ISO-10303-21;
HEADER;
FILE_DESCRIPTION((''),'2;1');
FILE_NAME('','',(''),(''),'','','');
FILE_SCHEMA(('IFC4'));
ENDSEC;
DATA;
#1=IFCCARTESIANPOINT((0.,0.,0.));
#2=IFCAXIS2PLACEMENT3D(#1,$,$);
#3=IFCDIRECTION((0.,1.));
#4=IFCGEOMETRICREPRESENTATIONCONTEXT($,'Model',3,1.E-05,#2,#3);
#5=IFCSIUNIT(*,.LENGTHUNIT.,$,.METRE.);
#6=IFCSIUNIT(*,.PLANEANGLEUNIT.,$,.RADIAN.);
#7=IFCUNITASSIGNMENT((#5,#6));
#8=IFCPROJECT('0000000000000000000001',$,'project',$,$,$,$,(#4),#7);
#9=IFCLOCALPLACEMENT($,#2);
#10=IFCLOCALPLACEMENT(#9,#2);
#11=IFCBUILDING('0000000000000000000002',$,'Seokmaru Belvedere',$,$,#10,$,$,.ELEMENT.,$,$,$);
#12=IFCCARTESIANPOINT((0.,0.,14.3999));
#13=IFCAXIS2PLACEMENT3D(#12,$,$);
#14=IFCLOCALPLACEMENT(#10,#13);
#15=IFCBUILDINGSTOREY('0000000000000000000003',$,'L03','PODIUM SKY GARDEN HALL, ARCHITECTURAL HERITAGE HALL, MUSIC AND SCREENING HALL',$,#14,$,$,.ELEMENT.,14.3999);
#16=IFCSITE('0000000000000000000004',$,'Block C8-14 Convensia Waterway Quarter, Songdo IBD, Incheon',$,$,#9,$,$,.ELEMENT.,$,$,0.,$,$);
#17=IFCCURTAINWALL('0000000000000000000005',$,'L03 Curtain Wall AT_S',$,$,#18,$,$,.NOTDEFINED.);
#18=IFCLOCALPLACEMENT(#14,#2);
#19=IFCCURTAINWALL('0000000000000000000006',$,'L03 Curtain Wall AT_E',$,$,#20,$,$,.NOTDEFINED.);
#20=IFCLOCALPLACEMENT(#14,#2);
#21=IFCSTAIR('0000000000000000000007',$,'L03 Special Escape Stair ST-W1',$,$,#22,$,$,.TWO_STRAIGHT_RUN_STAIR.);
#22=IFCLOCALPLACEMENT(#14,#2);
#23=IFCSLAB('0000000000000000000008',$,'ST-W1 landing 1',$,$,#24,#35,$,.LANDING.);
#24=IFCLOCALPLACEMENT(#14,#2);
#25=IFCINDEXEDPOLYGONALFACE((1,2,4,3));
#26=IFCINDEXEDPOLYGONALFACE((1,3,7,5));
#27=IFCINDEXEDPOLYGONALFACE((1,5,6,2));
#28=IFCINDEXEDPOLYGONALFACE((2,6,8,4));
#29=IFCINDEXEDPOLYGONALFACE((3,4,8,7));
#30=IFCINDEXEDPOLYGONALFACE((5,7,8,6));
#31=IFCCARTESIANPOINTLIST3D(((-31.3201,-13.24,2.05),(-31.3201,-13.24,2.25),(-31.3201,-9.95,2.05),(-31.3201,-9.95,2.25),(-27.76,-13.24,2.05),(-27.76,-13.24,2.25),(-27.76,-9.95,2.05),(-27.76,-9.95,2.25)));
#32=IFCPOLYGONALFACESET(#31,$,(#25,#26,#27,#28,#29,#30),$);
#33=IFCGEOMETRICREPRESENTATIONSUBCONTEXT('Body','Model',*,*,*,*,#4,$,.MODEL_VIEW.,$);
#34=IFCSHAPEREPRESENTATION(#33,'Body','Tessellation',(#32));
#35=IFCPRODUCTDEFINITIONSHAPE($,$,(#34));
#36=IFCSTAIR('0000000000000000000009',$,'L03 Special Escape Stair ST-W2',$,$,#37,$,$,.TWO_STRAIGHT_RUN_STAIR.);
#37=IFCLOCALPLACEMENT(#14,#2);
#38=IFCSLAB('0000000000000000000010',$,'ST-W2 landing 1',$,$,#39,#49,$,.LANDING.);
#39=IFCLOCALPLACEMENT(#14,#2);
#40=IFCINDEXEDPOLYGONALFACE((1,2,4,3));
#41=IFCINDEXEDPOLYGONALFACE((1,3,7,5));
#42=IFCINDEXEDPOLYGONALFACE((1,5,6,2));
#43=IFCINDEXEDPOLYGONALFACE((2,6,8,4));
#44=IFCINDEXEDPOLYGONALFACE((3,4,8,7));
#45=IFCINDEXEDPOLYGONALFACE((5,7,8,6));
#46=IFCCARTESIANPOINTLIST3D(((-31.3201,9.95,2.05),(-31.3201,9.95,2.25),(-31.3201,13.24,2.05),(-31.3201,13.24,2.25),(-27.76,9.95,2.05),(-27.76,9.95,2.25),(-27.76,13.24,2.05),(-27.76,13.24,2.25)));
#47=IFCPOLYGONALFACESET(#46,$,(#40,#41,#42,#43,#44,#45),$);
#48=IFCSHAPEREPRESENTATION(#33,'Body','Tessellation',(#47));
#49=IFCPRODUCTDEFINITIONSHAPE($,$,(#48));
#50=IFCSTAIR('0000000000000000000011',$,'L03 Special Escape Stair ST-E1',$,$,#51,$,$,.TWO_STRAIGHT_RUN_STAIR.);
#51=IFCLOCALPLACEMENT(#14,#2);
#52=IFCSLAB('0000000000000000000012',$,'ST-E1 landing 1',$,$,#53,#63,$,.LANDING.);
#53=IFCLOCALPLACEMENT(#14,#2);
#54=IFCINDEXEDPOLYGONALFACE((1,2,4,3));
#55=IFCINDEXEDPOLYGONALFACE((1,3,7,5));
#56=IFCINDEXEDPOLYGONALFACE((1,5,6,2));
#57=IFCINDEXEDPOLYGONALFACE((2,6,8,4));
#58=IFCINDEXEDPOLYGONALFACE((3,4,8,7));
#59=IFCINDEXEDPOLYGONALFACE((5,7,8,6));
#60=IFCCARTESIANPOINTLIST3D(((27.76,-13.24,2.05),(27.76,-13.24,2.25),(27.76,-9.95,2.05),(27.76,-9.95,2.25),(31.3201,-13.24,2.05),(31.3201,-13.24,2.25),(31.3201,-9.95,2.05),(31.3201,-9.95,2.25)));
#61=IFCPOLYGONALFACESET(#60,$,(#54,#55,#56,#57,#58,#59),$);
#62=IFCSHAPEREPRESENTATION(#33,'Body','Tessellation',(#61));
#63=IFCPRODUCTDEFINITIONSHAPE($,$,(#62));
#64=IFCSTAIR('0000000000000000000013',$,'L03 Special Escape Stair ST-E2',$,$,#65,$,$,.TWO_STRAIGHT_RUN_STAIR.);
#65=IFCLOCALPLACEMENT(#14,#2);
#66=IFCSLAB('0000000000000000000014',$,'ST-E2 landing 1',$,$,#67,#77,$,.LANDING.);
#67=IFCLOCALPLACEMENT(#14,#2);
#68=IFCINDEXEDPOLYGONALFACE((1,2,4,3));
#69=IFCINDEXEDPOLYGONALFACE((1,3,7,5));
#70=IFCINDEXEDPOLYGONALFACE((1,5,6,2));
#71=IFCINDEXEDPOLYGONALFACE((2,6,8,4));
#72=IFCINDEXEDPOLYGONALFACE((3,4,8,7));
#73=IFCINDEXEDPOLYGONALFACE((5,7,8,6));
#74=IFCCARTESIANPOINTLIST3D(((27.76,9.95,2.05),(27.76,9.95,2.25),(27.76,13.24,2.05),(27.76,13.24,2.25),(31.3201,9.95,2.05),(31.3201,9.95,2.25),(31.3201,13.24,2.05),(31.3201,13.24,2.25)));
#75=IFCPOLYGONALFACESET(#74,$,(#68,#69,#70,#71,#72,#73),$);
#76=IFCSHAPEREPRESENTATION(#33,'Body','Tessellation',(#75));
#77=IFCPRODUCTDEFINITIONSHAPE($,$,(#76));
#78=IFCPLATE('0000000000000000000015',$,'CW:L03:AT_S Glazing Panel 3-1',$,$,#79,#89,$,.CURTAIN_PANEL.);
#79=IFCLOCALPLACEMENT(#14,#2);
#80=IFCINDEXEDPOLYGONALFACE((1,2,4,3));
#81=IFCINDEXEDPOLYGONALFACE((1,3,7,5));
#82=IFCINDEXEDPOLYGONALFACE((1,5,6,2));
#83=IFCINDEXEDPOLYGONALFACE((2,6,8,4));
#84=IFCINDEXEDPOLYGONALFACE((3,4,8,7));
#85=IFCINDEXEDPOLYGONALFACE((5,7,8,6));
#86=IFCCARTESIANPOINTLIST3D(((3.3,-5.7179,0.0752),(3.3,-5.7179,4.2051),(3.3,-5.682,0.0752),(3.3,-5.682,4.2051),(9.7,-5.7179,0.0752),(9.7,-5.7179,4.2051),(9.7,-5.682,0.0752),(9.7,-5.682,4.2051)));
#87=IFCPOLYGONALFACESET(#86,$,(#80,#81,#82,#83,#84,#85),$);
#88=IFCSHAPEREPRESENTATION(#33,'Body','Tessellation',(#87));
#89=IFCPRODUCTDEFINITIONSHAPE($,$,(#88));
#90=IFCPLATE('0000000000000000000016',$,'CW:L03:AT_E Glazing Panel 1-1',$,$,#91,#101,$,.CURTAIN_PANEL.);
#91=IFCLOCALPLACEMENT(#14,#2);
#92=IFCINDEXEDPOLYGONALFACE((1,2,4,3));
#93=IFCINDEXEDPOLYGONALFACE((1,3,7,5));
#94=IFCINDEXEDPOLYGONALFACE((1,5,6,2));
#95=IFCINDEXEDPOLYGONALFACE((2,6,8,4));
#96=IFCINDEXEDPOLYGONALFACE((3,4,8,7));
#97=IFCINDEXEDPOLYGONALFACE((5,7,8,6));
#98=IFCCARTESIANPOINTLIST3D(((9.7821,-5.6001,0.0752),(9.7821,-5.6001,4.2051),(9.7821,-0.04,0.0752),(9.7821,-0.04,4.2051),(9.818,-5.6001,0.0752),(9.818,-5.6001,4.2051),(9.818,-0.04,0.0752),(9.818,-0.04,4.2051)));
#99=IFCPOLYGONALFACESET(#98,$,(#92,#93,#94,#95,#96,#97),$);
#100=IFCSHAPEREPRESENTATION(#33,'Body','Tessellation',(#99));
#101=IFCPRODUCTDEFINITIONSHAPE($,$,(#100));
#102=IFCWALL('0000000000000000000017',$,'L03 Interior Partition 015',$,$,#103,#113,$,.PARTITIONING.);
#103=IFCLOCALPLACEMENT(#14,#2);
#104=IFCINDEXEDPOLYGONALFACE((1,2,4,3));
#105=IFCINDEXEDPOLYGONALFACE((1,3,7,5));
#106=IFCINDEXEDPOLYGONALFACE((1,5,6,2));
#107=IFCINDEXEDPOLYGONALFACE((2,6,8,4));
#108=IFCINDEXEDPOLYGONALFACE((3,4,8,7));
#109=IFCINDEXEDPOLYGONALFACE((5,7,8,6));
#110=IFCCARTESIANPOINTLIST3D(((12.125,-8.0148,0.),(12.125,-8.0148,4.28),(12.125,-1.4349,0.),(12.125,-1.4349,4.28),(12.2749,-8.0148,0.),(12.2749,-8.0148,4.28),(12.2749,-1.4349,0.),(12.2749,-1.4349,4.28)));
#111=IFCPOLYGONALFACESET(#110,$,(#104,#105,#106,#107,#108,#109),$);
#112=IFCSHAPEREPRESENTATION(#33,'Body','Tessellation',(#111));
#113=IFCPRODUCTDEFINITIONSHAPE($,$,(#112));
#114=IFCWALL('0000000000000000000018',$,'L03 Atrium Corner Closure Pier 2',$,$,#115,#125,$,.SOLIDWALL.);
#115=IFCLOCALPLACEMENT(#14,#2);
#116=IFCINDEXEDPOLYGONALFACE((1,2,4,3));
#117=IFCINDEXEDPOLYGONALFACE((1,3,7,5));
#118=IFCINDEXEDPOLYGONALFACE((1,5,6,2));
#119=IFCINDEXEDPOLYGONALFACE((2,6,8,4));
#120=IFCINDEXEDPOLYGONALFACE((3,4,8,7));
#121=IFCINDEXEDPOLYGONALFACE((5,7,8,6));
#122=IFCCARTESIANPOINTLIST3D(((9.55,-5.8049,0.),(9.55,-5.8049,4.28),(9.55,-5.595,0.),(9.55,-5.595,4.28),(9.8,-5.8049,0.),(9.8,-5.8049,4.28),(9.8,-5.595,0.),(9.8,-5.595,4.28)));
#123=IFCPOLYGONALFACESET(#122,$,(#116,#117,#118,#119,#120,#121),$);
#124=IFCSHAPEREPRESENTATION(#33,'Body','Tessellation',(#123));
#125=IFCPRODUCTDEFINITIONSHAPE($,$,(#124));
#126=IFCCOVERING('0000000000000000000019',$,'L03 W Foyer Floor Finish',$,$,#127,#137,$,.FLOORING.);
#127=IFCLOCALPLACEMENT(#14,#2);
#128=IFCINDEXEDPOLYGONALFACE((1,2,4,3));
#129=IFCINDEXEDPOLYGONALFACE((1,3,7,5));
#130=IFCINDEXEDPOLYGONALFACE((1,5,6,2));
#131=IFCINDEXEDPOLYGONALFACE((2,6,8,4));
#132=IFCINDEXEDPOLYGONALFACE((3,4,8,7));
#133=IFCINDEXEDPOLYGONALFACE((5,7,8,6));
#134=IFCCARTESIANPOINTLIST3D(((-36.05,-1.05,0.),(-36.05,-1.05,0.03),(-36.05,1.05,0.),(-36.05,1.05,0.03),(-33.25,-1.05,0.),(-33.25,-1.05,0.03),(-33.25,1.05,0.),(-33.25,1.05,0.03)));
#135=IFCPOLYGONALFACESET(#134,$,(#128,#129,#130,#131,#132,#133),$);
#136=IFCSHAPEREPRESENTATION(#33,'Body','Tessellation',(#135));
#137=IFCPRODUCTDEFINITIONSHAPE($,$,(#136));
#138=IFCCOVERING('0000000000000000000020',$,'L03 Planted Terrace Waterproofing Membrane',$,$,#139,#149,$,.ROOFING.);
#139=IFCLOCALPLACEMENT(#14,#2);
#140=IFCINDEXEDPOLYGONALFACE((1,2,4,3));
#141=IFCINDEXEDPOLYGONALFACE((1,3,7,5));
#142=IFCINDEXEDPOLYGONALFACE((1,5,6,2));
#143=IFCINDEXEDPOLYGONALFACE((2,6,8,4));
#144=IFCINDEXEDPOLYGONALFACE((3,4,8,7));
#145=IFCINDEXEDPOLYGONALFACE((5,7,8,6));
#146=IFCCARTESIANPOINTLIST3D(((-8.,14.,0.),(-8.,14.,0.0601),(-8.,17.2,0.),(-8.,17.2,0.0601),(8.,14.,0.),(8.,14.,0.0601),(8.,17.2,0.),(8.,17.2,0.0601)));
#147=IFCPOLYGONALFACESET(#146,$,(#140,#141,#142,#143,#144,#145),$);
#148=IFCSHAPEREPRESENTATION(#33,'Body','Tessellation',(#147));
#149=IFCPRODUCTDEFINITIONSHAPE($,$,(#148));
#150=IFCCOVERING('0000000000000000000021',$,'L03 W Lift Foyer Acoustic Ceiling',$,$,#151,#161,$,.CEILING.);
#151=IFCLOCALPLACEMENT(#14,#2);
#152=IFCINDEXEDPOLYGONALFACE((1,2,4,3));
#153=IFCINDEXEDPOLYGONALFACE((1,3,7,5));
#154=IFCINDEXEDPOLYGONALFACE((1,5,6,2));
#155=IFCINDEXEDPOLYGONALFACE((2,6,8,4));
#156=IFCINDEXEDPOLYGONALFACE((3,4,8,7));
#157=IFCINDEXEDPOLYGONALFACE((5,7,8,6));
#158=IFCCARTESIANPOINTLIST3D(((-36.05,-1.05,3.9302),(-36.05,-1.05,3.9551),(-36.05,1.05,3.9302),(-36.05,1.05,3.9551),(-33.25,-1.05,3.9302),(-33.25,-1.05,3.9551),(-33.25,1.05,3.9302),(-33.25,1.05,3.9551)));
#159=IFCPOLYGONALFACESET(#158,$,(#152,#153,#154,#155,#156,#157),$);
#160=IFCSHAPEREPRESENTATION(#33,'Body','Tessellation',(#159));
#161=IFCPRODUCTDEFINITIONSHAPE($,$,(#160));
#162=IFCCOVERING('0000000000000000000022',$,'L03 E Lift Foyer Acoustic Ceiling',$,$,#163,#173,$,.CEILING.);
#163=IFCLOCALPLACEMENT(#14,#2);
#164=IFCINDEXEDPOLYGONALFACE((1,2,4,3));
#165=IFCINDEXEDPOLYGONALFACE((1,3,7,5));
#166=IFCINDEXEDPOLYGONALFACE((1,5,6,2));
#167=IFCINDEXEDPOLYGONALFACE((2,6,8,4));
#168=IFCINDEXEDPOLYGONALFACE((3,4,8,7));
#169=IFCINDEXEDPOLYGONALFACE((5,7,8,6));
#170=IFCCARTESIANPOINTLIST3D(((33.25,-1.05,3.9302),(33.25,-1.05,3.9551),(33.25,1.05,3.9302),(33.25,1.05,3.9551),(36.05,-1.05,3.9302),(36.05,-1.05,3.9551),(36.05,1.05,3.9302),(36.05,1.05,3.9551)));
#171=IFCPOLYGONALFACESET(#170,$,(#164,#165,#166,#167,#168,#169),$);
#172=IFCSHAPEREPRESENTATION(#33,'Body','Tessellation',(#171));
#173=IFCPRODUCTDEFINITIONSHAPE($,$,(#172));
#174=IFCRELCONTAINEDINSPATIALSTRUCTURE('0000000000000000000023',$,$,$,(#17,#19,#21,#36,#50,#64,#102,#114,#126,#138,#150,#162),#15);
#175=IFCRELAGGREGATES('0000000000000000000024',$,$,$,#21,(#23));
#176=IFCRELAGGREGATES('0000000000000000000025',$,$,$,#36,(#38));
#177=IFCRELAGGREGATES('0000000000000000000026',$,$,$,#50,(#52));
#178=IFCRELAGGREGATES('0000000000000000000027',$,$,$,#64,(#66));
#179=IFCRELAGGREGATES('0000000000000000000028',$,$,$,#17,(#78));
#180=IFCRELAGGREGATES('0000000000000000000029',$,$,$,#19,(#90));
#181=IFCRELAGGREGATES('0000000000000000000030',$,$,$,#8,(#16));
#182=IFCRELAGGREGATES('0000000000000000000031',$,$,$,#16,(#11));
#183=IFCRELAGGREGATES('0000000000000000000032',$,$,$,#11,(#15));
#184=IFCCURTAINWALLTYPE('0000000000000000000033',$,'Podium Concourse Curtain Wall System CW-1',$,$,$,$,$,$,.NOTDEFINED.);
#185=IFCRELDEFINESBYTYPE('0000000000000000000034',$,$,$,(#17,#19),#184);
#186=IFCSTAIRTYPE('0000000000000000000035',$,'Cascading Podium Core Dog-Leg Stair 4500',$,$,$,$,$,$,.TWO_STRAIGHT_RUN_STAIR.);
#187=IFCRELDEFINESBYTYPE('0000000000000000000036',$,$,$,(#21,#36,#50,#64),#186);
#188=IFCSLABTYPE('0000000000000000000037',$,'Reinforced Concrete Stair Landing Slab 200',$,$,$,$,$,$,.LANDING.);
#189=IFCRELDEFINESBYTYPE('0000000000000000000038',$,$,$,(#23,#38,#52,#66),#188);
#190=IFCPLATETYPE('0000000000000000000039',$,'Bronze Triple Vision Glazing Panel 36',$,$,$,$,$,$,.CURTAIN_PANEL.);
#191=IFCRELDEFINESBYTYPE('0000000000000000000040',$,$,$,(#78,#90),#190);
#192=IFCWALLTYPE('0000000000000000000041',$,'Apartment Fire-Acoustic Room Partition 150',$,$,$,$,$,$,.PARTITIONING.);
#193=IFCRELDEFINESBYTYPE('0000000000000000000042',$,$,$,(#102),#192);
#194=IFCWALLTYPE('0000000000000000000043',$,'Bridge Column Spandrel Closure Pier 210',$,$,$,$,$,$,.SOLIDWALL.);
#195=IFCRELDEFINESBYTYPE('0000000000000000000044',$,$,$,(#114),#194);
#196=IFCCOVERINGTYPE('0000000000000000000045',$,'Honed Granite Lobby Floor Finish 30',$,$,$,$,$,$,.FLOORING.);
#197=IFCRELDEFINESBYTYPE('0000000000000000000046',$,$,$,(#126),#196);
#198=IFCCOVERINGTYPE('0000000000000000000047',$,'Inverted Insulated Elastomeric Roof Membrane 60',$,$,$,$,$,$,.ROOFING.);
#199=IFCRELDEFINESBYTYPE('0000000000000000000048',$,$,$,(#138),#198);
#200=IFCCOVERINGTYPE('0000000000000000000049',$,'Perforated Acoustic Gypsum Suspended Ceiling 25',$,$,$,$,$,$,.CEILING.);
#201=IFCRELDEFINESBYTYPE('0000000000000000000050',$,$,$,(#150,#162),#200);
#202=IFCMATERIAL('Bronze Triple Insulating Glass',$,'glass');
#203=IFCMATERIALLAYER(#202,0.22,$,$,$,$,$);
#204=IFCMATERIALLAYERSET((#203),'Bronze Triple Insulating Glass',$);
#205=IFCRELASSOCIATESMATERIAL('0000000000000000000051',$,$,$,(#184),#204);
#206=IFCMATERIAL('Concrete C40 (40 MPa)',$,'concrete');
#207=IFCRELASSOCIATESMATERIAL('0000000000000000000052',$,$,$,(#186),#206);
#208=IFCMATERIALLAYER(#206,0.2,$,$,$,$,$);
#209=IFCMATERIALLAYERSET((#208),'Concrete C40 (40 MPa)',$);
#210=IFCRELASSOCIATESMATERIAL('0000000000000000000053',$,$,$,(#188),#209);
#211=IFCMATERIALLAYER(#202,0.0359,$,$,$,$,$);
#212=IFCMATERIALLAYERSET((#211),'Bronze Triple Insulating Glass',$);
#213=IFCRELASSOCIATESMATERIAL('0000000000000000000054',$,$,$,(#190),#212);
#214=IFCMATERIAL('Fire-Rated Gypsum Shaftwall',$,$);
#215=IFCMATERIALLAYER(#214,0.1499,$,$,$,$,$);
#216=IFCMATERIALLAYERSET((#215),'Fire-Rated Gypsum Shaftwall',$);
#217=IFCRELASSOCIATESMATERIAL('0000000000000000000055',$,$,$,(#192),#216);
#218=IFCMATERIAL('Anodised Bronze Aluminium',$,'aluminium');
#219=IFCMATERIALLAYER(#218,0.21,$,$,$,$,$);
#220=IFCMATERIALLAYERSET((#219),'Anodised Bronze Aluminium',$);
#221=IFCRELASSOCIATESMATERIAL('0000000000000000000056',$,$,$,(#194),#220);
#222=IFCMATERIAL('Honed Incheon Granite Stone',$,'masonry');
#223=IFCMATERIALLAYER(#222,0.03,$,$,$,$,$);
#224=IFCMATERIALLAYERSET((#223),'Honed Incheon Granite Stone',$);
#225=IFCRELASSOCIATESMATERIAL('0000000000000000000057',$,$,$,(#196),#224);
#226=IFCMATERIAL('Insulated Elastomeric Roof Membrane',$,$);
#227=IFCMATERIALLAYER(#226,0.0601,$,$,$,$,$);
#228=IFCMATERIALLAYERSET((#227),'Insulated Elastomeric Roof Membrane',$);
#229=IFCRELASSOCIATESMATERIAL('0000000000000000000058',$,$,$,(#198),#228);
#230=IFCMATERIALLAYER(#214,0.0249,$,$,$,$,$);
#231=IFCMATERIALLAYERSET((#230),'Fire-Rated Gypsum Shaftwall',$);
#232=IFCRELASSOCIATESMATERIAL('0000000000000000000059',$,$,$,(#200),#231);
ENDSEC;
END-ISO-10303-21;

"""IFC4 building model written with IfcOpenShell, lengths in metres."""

from ifc_helpers import new_model, si_unit, direction, frame, frame_2d, origin, origin_2d, place, context, subcontext, project, spatial, polyline, rectangle, outline, extrude, source, transform, mapped, material, layer, layer_set, type_object, type_shapes, element, aggregate, save


model = new_model("IFC4")

# Units and contexts
model_context = context("Model", 3, precision=1e-05, world=origin(), true_north=direction((0.0, 1.0)))
body_context = subcontext(model_context, "Body", "Model", "MODEL_VIEW")
ifc_project = project(units=[si_unit("LENGTHUNIT", "METRE"), si_unit("PLANEANGLEUNIT", "RADIAN")], contexts=[model_context])

# Site, building, storey
site_placement = place(None, origin())
site = spatial("IfcSite", under=ifc_project, at=site_placement, Name="Block C8-14 Convensia Waterway Quarter, Songdo IBD, Incheon", CompositionType="ELEMENT", RefElevation=0.0)
building_placement = place(site_placement, origin())
building = spatial("IfcBuilding", under=site, at=building_placement, Name="Seokmaru Belvedere", CompositionType="ELEMENT")
storey_placement = place(building_placement, frame((0.0, 0.0, 14.3999)))
storey = spatial("IfcBuildingStorey", under=building, at=storey_placement, Name="L03", Description="PODIUM SKY GARDEN HALL, ARCHITECTURAL HERITAGE HALL, MUSIC AND SCREENING HALL", CompositionType="ELEMENT", Elevation=14.3999)

# Curtain walls
ifc_material_1 = material(Name="Bronze Triple Insulating Glass", Category="glass")
ifc_layer_1 = layer(ifc_material_1, 0.22)
ifc_layer_set_1 = layer_set([ifc_layer_1], Name="Bronze Triple Insulating Glass")
curtain_wall_type = type_object("IfcCurtainWallType", Name="Podium Concourse Curtain Wall System CW-1", PredefinedType="NOTDEFINED", material=ifc_layer_set_1)
curtain_wall_1_placement = place(storey_placement, origin())
curtain_wall_1 = element("IfcCurtainWall", 1, at=curtain_wall_1_placement, inside=storey, type_object=curtain_wall_type, Name="L03 Curtain Wall AT_S", PredefinedType="NOTDEFINED")
ifc_material_2 = material(Name="Anodised Bronze Aluminium", Category="aluminium")
curtain_wall_2_placement = place(storey_placement, origin())
curtain_wall_2 = element("IfcCurtainWall", 2, at=curtain_wall_2_placement, inside=storey, type_object=curtain_wall_type, Name="L03 Curtain Wall AT_E", PredefinedType="NOTDEFINED")

# Stairs, slabs
ifc_material_3 = material(Name="Concrete C40 (40 MPa)", Category="concrete")
stair_type = type_object("IfcStairType", Name="Cascading Podium Core Dog-Leg Stair 4500", PredefinedType="TWO_STRAIGHT_RUN_STAIR", material=ifc_material_3)
stair_1_placement = place(storey_placement, origin())
stair_1 = element("IfcStair", 3, at=stair_1_placement, inside=storey, type_object=stair_type, Name="L03 Special Escape Stair ST-W1", PredefinedType="TWO_STRAIGHT_RUN_STAIR")
ifc_layer_2 = layer(ifc_material_3, 0.2)
ifc_layer_set_2 = layer_set([ifc_layer_2], Name="Concrete C40 (40 MPa)")
slab_type = type_object("IfcSlabType", Name="Reinforced Concrete Stair Landing Slab 200", PredefinedType="LANDING", material=ifc_layer_set_2)
slab_1_placement = place(storey_placement, frame((0.0, 0.0, 2.05)))
slab_1 = element("IfcSlab", 4, at=slab_1_placement, type_object=slab_type, Name="ST-W1 landing 1", PredefinedType="LANDING", context=body_context, shape_type="SweptSolid", body=[
    extrude(outline(polyline([(-31.3201, -13.24), (-27.76, -13.24), (-27.76, -9.95), (-31.3201, -9.95), (-31.3201, -13.24)])), origin(), (0.0, 0.0, 1.0), 0.2),
])
aggregate(stair_1, [slab_1])
stair_2_placement = place(storey_placement, origin())
stair_2 = element("IfcStair", 5, at=stair_2_placement, inside=storey, type_object=stair_type, Name="L03 Special Escape Stair ST-W2", PredefinedType="TWO_STRAIGHT_RUN_STAIR")
slab_2_placement = place(storey_placement, frame((0.0, 0.0, 2.05)))
slab_2 = element("IfcSlab", 6, at=slab_2_placement, type_object=slab_type, Name="ST-W2 landing 1", PredefinedType="LANDING", context=body_context, shape_type="SweptSolid", body=[
    extrude(outline(polyline([(-31.3201, 9.95), (-27.76, 9.95), (-27.76, 13.24), (-31.3201, 13.24), (-31.3201, 9.95)])), origin(), (0.0, 0.0, 1.0), 0.2),
])
aggregate(stair_2, [slab_2])
stair_3_placement = place(storey_placement, origin())
stair_3 = element("IfcStair", 7, at=stair_3_placement, inside=storey, type_object=stair_type, Name="L03 Special Escape Stair ST-E1", PredefinedType="TWO_STRAIGHT_RUN_STAIR")
slab_3_placement = place(storey_placement, frame((0.0, 0.0, 2.05)))
slab_3 = element("IfcSlab", 8, at=slab_3_placement, type_object=slab_type, Name="ST-E1 landing 1", PredefinedType="LANDING", context=body_context, shape_type="SweptSolid", body=[
    extrude(outline(polyline([(27.76, -13.24), (31.3201, -13.24), (31.3201, -9.95), (27.76, -9.95), (27.76, -13.24)])), origin(), (0.0, 0.0, 1.0), 0.2),
])
aggregate(stair_3, [slab_3])
stair_4_placement = place(storey_placement, origin())
stair_4 = element("IfcStair", 9, at=stair_4_placement, inside=storey, type_object=stair_type, Name="L03 Special Escape Stair ST-E2", PredefinedType="TWO_STRAIGHT_RUN_STAIR")
slab_4_placement = place(storey_placement, frame((0.0, 0.0, 2.05)))
slab_4 = element("IfcSlab", 10, at=slab_4_placement, type_object=slab_type, Name="ST-E2 landing 1", PredefinedType="LANDING", context=body_context, shape_type="SweptSolid", body=[
    extrude(outline(polyline([(27.76, 9.95), (31.3201, 9.95), (31.3201, 13.24), (27.76, 13.24), (27.76, 9.95)])), origin(), (0.0, 0.0, 1.0), 0.2),
])
aggregate(stair_4, [slab_4])

# Plates
ifc_layer_3 = layer(ifc_material_1, 0.0359)
ifc_layer_set_3 = layer_set([ifc_layer_3], Name="Bronze Triple Insulating Glass")
plate_type = type_object("IfcPlateType", Name="Bronze Triple Vision Glazing Panel 36", PredefinedType="CURTAIN_PANEL", material=ifc_layer_set_3)
shared_shape_1 = source(origin(), body_context, "Body", "SweptSolid", [
    extrude(rectangle(XDim=6.3999, YDim=0.0359, at=origin_2d()), origin(), (0.0, 0.0, 1.0), 4.1299),
])
plate_1_placement = place(storey_placement, frame((6.5, -5.7, 0.0752), z_axis=(0.0, 0.0, 1.0), x_axis=(1.0, 0.0, 0.0)))
plate_1 = element("IfcPlate", 11, at=plate_1_placement, type_object=plate_type, Name="CW:L03:AT_S Glazing Panel 3-1", PredefinedType="CURTAIN_PANEL", context=body_context, shape_type="MappedRepresentation", body=[
    mapped(shared_shape_1, transform((0.0, 0.0, 0.0), scale=1.0)),
])
aggregate(curtain_wall_1, [plate_1])
shared_shape_2 = source(origin(), body_context, "Body", "SweptSolid", [
    extrude(rectangle(XDim=5.5601, YDim=0.0359, at=origin_2d()), origin(), (0.0, 0.0, 1.0), 4.1299),
])
type_shapes(plate_type, [shared_shape_1, shared_shape_2])
plate_2_placement = place(storey_placement, frame((9.8, -2.8201, 0.0752), z_axis=(0.0, 0.0, 1.0), x_axis=(0.0, 1.0, 0.0)))
plate_2 = element("IfcPlate", 12, at=plate_2_placement, type_object=plate_type, Name="CW:L03:AT_E Glazing Panel 1-1", PredefinedType="CURTAIN_PANEL", context=body_context, shape_type="MappedRepresentation", body=[
    mapped(shared_shape_2, transform((0.0, 0.0, 0.0), scale=1.0)),
])
aggregate(curtain_wall_2, [plate_2])

# Walls
ifc_material_4 = material(Name="Fire-Rated Gypsum Shaftwall")
ifc_layer_4 = layer(ifc_material_4, 0.1499)
ifc_layer_set_4 = layer_set([ifc_layer_4], Name="Fire-Rated Gypsum Shaftwall")
wall_type_1 = type_object("IfcWallType", Name="Apartment Fire-Acoustic Room Partition 150", PredefinedType="PARTITIONING", material=ifc_layer_set_4)
wall_1_placement = place(storey_placement, frame((12.2, -8.0149, 0.0), z_axis=(0.0, 0.0, 1.0), x_axis=(0.0, 1.0, 0.0)))
element("IfcWall", 13, at=wall_1_placement, inside=storey, type_object=wall_type_1, Name="L03 Interior Partition 015", PredefinedType="PARTITIONING", context=body_context, shape_type="SweptSolid", body=[
    extrude(rectangle(XDim=6.5798, YDim=0.1499, at=frame_2d((3.29, 0.0))), origin(), (0.0, 0.0, 1.0), 4.28),
])
ifc_layer_5 = layer(ifc_material_2, 0.21)
ifc_layer_set_5 = layer_set([ifc_layer_5], Name="Anodised Bronze Aluminium")
wall_type_2 = type_object("IfcWallType", Name="Bridge Column Spandrel Closure Pier 210", PredefinedType="SOLIDWALL", material=ifc_layer_set_5)
wall_2_placement = place(storey_placement, frame((9.8, -5.7, 0.0), z_axis=(0.0, 0.0, 1.0), x_axis=(-1.0, 0.0, 0.0)))
element("IfcWall", 14, at=wall_2_placement, inside=storey, type_object=wall_type_2, Name="L03 Atrium Corner Closure Pier 2", PredefinedType="SOLIDWALL", context=body_context, shape_type="SweptSolid", body=[
    extrude(rectangle(XDim=0.25, YDim=0.21, at=frame_2d((0.125, 0.0))), origin(), (0.0, 0.0, 1.0), 4.28),
])

# Coverings
ifc_material_5 = material(Name="Honed Incheon Granite Stone", Category="masonry")
ifc_layer_6 = layer(ifc_material_5, 0.03)
ifc_layer_set_6 = layer_set([ifc_layer_6], Name="Honed Incheon Granite Stone")
covering_type_1 = type_object("IfcCoveringType", Name="Honed Granite Lobby Floor Finish 30", PredefinedType="FLOORING", material=ifc_layer_set_6)
covering_1_placement = place(storey_placement, origin())
element("IfcCovering", 15, at=covering_1_placement, inside=storey, type_object=covering_type_1, Name="L03 W Foyer Floor Finish", PredefinedType="FLOORING", context=body_context, shape_type="SweptSolid", body=[
    extrude(outline(polyline([(-36.05, -1.05), (-33.25, -1.05), (-33.25, 1.05), (-36.05, 1.05), (-36.05, -1.05)])), origin(), (0.0, 0.0, 1.0), 0.03),
])
ifc_material_6 = material(Name="Insulated Elastomeric Roof Membrane")
ifc_layer_7 = layer(ifc_material_6, 0.0601)
ifc_layer_set_7 = layer_set([ifc_layer_7], Name="Insulated Elastomeric Roof Membrane")
covering_type_2 = type_object("IfcCoveringType", Name="Inverted Insulated Elastomeric Roof Membrane 60", PredefinedType="ROOFING", material=ifc_layer_set_7)
covering_2_placement = place(storey_placement, origin())
element("IfcCovering", 16, at=covering_2_placement, inside=storey, type_object=covering_type_2, Name="L03 Planted Terrace Waterproofing Membrane", PredefinedType="ROOFING", context=body_context, shape_type="SweptSolid", body=[
    extrude(outline(polyline([(-8.0, 14.0), (8.0, 14.0), (8.0, 17.2), (-8.0, 17.2), (-8.0, 14.0)])), origin(), (0.0, 0.0, 1.0), 0.0601),
])
ifc_layer_8 = layer(ifc_material_4, 0.0249)
ifc_layer_set_8 = layer_set([ifc_layer_8], Name="Fire-Rated Gypsum Shaftwall")
covering_type_3 = type_object("IfcCoveringType", Name="Perforated Acoustic Gypsum Suspended Ceiling 25", PredefinedType="CEILING", material=ifc_layer_set_8)
covering_3_placement = place(storey_placement, frame((0.0, 0.0, 3.9302)))
element("IfcCovering", 17, at=covering_3_placement, inside=storey, type_object=covering_type_3, Name="L03 W Lift Foyer Acoustic Ceiling", PredefinedType="CEILING", context=body_context, shape_type="SweptSolid", body=[
    extrude(outline(polyline([(-36.05, -1.05), (-33.25, -1.05), (-33.25, 1.05), (-36.05, 1.05), (-36.05, -1.05)])), origin(), (0.0, 0.0, 1.0), 0.0249),
])
covering_4_placement = place(storey_placement, frame((0.0, 0.0, 3.9302)))
element("IfcCovering", 18, at=covering_4_placement, inside=storey, type_object=covering_type_3, Name="L03 E Lift Foyer Acoustic Ceiling", PredefinedType="CEILING", context=body_context, shape_type="SweptSolid", body=[
    extrude(outline(polyline([(33.25, -1.05), (36.05, -1.05), (36.05, 1.05), (33.25, 1.05), (33.25, -1.05)])), origin(), (0.0, 0.0, 1.0), 0.0249),
])

save(model, "model.ifc")
